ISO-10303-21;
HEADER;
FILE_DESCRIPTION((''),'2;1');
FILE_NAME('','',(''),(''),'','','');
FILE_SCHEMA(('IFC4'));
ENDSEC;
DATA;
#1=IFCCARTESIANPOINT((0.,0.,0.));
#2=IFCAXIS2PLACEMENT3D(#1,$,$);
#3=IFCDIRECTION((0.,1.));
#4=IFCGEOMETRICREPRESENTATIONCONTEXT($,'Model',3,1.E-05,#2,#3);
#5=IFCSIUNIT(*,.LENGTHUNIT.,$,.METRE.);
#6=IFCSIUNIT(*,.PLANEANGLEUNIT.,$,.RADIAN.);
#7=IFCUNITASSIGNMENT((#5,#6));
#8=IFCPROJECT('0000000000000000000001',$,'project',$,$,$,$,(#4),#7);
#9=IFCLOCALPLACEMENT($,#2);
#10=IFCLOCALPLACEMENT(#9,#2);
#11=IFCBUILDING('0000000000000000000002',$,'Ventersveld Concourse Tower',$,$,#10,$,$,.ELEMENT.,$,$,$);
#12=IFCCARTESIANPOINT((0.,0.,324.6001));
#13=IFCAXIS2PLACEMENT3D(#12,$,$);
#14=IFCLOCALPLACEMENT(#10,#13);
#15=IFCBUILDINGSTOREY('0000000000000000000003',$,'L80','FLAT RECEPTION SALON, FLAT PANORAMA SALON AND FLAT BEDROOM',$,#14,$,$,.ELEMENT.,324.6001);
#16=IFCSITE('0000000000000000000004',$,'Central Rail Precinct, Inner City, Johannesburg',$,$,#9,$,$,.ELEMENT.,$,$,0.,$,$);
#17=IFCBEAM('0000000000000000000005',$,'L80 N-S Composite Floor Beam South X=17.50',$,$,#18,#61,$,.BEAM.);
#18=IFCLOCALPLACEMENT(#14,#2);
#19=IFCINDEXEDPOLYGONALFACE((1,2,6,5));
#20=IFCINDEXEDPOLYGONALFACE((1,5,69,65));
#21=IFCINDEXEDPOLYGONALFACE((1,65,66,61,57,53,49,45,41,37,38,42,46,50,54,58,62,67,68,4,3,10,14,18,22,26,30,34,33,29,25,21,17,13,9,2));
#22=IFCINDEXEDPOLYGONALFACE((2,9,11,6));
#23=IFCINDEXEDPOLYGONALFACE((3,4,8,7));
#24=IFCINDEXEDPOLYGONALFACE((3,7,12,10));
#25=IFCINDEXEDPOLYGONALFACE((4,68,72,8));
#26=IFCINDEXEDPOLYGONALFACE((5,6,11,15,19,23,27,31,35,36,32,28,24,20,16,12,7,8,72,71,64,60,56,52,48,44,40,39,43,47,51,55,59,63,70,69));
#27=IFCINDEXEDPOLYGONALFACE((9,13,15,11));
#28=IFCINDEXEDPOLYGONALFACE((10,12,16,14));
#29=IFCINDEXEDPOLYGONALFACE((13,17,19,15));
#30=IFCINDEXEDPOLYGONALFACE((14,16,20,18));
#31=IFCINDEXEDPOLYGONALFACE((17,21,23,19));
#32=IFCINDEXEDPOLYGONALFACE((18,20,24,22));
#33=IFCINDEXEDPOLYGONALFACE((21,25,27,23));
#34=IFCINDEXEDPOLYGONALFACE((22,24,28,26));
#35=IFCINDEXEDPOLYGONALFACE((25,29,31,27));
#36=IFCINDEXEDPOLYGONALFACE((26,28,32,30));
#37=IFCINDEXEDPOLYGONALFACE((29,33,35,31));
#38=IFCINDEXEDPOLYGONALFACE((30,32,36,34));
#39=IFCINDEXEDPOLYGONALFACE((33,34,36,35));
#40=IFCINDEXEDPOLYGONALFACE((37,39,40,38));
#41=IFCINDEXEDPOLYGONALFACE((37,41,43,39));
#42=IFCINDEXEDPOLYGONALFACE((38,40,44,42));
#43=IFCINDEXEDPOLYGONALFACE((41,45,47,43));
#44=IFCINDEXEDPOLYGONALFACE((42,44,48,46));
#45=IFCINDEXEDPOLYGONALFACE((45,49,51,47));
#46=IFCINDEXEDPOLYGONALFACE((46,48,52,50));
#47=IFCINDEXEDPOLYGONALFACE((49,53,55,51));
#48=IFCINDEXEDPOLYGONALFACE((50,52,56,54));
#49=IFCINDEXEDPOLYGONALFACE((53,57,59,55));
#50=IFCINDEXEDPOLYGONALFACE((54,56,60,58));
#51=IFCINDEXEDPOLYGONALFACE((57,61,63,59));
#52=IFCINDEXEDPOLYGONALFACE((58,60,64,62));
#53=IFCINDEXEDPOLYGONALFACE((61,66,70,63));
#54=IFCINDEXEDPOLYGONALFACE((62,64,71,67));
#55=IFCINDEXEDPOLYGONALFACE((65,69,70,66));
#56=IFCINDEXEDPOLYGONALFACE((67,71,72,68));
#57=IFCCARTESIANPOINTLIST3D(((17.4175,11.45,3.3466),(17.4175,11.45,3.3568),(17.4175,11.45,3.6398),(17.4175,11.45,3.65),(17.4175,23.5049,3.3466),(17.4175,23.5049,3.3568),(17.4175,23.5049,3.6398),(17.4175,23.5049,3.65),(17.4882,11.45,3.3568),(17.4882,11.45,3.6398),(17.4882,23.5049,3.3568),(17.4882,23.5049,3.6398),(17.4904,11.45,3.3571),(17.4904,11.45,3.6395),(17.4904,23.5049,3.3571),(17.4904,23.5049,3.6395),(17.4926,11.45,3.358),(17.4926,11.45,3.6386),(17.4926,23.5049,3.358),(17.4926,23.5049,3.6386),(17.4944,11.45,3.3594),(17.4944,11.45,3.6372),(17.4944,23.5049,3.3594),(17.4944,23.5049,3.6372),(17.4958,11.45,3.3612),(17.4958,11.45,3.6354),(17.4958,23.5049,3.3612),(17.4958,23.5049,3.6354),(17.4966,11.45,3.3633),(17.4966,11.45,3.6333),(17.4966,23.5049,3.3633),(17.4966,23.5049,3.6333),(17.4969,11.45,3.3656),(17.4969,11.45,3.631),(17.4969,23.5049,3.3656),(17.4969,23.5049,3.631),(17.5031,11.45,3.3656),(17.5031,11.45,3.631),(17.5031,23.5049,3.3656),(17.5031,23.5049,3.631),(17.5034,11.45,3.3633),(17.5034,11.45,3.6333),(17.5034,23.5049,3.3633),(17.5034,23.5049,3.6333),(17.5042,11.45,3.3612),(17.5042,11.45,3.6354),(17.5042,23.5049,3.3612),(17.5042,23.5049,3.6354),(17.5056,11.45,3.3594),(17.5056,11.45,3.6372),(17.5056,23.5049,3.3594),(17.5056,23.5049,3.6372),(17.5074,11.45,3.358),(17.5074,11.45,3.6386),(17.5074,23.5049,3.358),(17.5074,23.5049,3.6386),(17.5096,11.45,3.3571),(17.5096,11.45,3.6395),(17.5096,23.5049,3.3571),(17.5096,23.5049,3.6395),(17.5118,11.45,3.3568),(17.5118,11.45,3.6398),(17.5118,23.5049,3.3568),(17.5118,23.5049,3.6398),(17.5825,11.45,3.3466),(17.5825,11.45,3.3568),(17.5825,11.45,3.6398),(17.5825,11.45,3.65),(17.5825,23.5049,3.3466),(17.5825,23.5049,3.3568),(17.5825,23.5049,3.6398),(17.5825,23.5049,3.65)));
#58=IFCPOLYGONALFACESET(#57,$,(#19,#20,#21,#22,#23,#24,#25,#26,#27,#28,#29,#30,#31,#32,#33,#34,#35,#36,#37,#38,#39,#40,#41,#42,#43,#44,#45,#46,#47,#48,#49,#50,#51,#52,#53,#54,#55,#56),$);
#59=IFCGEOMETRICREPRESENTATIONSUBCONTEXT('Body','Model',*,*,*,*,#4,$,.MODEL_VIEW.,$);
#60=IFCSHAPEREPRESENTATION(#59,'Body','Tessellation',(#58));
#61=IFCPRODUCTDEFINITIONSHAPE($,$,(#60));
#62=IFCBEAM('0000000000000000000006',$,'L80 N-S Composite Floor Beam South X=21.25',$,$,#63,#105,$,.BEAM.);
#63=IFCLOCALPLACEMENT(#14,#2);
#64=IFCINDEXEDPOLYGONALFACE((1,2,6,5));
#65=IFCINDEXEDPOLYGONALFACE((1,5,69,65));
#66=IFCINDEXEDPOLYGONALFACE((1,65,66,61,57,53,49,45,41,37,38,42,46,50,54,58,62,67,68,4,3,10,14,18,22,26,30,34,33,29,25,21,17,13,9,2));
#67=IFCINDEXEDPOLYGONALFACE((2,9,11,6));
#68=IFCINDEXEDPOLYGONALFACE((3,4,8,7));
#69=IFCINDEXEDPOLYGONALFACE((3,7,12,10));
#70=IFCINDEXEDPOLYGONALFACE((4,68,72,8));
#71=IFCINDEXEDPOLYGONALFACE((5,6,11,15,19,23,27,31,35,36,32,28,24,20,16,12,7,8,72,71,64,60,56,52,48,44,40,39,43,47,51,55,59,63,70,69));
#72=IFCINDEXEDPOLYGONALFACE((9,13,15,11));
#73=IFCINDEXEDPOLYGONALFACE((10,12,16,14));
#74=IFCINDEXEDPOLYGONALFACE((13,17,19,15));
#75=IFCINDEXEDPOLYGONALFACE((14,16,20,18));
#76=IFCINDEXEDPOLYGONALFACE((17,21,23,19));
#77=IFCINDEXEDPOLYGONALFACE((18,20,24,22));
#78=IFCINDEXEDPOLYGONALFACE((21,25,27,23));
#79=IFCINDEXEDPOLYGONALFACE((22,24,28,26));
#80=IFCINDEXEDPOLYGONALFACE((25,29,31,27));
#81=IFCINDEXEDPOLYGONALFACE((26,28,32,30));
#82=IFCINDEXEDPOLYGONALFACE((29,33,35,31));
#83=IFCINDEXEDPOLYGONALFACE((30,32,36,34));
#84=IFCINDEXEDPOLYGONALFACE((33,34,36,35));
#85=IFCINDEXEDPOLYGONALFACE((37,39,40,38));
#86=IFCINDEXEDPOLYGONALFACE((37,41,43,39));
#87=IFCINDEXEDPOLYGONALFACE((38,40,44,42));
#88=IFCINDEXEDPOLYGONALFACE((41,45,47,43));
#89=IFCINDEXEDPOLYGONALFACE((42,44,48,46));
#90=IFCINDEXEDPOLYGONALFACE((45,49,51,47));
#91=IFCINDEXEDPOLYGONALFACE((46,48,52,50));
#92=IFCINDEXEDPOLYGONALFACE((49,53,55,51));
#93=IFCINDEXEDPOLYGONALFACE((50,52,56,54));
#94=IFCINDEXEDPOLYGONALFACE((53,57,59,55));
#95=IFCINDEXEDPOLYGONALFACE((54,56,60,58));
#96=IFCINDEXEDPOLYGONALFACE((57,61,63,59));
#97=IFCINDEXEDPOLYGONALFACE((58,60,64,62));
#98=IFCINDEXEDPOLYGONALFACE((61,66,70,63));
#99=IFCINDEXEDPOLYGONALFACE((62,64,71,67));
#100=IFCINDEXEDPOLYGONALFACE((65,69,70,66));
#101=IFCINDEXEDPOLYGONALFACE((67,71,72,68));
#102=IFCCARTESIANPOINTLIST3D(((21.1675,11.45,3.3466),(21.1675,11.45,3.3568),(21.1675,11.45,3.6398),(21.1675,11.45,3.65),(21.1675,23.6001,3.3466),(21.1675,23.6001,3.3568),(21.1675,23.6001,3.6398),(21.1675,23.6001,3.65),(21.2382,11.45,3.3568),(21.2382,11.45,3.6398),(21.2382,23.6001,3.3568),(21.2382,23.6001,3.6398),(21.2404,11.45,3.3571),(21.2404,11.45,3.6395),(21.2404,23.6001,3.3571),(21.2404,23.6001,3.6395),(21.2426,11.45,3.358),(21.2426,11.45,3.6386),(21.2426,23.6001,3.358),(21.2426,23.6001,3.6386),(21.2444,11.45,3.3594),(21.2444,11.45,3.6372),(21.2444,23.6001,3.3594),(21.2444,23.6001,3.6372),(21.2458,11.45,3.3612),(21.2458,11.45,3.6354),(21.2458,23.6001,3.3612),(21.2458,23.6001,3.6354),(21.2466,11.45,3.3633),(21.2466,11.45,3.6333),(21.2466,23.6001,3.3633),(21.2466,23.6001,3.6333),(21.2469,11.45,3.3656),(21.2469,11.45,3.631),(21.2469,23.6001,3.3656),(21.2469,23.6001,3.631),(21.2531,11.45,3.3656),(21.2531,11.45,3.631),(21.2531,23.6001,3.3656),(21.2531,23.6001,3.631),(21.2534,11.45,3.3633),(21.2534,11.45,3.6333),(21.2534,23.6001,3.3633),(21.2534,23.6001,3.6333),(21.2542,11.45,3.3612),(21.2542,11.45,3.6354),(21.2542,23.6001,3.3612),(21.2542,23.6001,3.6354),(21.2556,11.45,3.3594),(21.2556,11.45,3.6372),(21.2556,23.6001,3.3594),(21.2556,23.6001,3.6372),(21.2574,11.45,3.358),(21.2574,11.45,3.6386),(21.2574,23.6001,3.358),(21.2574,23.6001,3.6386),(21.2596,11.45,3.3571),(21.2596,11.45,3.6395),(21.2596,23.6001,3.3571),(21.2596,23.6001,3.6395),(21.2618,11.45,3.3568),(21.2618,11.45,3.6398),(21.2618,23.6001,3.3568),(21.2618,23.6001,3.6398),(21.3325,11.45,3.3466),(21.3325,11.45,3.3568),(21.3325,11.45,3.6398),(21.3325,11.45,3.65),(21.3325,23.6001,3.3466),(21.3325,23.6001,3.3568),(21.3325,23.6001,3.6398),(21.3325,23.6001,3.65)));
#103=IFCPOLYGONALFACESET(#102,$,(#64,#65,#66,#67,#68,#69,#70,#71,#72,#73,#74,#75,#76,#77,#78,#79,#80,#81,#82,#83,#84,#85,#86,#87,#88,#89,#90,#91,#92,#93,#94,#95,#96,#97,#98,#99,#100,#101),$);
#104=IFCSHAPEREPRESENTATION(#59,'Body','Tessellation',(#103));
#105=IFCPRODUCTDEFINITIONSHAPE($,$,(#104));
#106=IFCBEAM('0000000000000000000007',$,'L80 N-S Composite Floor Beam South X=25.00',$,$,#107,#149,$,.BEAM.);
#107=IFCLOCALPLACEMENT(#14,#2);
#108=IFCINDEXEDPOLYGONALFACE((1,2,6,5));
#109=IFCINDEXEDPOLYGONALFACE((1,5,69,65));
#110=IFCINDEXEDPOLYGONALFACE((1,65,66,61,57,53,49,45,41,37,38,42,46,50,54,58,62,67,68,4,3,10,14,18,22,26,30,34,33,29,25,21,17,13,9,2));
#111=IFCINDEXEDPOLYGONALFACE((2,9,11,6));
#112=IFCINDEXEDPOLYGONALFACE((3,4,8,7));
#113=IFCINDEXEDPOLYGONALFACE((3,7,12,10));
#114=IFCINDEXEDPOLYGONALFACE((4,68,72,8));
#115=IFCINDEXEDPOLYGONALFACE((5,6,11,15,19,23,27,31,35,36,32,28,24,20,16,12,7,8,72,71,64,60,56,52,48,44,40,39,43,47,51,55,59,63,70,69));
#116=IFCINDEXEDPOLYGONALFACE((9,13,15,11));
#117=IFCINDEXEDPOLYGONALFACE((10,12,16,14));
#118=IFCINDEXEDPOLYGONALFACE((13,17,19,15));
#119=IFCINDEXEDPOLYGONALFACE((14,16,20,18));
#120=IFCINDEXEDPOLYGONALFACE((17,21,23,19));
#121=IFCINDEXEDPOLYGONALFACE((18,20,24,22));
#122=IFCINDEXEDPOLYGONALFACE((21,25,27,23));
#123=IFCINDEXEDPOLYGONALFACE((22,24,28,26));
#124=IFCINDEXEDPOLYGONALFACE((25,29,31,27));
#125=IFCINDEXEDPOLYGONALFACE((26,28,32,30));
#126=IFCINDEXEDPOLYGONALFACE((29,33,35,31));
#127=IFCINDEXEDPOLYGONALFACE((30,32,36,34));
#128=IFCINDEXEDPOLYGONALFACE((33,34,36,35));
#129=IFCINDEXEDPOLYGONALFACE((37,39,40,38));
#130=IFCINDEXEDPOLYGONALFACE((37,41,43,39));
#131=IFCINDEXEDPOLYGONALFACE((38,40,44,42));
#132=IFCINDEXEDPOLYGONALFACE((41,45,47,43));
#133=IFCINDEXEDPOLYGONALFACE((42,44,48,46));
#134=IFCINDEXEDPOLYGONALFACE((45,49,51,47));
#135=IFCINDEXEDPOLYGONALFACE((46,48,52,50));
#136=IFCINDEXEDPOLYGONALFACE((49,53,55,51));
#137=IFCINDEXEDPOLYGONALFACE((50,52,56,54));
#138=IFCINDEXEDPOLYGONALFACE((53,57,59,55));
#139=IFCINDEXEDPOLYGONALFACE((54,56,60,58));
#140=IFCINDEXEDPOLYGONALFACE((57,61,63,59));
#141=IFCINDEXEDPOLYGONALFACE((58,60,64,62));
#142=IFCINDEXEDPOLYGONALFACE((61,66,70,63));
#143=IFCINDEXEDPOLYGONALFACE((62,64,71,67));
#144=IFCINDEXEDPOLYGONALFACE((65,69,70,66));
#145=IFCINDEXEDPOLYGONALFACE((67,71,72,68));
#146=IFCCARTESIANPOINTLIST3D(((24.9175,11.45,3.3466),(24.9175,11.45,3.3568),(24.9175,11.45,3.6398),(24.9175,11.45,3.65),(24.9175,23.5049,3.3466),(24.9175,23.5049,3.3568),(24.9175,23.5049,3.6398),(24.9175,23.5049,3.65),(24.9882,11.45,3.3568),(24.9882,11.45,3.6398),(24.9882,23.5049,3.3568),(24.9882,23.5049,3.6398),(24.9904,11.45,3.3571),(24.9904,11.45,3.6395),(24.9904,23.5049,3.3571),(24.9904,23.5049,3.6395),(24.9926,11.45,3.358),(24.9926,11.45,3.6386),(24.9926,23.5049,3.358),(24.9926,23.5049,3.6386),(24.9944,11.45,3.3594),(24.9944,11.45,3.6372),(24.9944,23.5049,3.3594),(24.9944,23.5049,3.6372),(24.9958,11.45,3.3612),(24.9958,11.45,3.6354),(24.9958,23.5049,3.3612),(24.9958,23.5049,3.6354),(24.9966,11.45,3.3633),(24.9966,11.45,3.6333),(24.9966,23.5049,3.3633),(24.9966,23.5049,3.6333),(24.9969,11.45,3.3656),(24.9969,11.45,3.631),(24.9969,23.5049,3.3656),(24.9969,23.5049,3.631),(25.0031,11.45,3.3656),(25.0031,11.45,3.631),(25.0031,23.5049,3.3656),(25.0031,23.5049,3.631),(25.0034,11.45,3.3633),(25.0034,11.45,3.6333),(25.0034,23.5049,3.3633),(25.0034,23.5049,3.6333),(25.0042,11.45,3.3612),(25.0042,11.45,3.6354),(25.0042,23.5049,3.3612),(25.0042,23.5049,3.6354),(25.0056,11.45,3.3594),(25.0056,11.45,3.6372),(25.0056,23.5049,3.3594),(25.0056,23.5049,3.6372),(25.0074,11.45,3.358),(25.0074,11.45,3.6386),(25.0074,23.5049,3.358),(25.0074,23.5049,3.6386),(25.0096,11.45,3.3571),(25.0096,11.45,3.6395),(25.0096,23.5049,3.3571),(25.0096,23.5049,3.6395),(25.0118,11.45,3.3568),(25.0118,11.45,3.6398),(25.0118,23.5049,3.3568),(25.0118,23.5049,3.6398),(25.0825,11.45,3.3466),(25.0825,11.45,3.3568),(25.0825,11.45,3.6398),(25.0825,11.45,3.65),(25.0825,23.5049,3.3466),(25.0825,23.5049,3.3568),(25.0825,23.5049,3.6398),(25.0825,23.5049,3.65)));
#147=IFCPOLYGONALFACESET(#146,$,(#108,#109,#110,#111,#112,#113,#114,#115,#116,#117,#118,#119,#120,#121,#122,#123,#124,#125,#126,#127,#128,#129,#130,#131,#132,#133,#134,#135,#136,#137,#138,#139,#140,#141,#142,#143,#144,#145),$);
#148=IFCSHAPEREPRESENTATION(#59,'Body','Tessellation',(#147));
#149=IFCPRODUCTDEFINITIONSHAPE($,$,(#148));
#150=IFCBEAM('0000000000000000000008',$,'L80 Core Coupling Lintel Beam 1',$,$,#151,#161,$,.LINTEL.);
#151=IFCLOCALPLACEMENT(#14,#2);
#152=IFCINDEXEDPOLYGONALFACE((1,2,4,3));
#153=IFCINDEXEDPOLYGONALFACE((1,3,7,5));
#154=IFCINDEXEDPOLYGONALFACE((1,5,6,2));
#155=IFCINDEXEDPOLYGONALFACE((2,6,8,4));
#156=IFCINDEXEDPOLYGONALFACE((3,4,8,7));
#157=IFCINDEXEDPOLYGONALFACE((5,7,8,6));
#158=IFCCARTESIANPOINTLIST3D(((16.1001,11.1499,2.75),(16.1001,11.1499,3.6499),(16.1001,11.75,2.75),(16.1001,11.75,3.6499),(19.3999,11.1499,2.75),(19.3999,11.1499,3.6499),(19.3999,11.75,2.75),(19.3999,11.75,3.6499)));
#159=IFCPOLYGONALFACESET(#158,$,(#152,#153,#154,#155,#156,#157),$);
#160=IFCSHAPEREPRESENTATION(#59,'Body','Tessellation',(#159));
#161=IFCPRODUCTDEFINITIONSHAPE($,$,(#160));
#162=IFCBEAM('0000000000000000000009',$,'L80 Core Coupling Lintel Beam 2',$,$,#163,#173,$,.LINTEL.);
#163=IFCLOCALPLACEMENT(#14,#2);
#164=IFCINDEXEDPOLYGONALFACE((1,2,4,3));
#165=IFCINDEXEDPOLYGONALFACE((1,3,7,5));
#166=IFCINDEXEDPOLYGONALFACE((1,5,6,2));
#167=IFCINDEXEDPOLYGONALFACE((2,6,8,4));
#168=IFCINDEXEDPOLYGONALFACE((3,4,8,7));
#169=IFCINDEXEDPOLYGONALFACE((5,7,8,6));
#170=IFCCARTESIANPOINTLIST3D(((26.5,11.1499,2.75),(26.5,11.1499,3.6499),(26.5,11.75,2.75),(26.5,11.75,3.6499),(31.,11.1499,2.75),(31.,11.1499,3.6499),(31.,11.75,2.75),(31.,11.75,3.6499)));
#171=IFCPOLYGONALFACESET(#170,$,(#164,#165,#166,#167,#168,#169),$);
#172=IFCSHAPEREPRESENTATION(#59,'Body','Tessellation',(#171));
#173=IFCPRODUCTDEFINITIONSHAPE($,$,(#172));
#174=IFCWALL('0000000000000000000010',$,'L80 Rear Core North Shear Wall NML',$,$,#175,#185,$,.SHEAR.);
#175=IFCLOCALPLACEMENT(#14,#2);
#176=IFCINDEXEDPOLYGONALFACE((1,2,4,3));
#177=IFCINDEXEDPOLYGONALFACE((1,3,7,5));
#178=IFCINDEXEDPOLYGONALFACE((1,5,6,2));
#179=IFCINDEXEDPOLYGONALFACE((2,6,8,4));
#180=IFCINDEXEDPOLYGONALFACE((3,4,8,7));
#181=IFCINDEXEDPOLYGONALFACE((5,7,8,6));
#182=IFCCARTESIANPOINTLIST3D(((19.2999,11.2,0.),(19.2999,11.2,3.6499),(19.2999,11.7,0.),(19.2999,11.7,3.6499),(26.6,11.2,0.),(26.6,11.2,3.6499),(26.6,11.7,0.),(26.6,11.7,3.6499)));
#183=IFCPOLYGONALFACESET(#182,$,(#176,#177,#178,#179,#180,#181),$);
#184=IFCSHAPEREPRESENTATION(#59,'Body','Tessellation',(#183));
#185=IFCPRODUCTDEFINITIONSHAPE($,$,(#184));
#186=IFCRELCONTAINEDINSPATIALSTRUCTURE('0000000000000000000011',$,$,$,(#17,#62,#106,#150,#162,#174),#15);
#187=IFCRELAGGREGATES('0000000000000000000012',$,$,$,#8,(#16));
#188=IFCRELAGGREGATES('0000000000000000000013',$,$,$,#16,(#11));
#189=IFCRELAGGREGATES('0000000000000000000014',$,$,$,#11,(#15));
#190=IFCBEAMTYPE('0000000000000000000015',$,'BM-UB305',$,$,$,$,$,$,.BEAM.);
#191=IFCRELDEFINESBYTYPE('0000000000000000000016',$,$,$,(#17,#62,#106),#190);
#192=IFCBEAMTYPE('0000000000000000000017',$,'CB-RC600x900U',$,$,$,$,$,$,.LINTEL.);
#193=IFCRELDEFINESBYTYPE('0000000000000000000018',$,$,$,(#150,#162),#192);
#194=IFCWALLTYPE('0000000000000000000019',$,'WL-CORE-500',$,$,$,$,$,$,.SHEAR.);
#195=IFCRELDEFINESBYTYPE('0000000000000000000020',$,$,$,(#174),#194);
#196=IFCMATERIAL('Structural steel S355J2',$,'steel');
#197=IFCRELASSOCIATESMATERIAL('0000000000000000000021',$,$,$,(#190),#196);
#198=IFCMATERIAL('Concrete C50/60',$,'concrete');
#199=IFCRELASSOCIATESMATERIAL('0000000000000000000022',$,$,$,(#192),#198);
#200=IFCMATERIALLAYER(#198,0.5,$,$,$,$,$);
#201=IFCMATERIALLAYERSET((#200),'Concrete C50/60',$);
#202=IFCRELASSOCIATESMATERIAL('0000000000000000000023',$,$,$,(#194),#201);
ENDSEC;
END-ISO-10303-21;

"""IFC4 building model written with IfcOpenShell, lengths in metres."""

from ifc_helpers import new_model, si_unit, direction, frame, frame_2d, origin, origin_2d, place, context, subcontext, project, spatial, rectangle, i_section, extrude, material, layer, layer_set, material_profile, profile_set, type_object, element, save


model = new_model("IFC4")

# Units and contexts
model_context = context("Model", 3, precision=1e-05, world=origin(), true_north=direction((0.0, 1.0)))
body_context = subcontext(model_context, "Body", "Model", "MODEL_VIEW")
ifc_project = project(units=[si_unit("LENGTHUNIT", "METRE"), si_unit("PLANEANGLEUNIT", "RADIAN")], contexts=[model_context])

# Site, building, storey
site_placement = place(None, origin())
site = spatial("IfcSite", under=ifc_project, at=site_placement, Name="Central Rail Precinct, Inner City, Johannesburg", CompositionType="ELEMENT", RefElevation=0.0)
building_placement = place(site_placement, origin())
building = spatial("IfcBuilding", under=site, at=building_placement, Name="Ventersveld Concourse Tower", CompositionType="ELEMENT")
storey_placement = place(building_placement, frame((0.0, 0.0, 324.6001)))
storey = spatial("IfcBuildingStorey", under=building, at=storey_placement, Name="L80", Description="FLAT RECEPTION SALON, FLAT PANORAMA SALON AND FLAT BEDROOM", CompositionType="ELEMENT", Elevation=324.6001)

# Beams
ifc_material_1 = material(Name="Structural steel S355J2", Category="steel")
ifc_material_profile_1 = material_profile(ifc_material_1, i_section(OverallWidth=0.165, OverallDepth=0.3035, WebThickness=0.0061, FlangeThickness=0.0103, FilletRadius=0.0088, at=origin_2d()), Name="UB 305x165x40")
ifc_profile_set_1 = profile_set([ifc_material_profile_1], Name="Structural steel S355J2")
beam_type_1 = type_object("IfcBeamType", Name="BM-UB305", PredefinedType="BEAM", material=ifc_profile_set_1)
beam_1_placement = place(storey_placement, frame((17.5, 11.45, 3.4983), z_axis=(0.0, 1.0, 0.0), x_axis=(-1.0, 0.0, 0.0)))
element("IfcBeam", 1, at=beam_1_placement, inside=storey, type_object=beam_type_1, Name="L80 N-S Composite Floor Beam South X=17.50", PredefinedType="BEAM", context=body_context, shape_type="SweptSolid", body=[
    extrude(i_section(OverallWidth=0.165, OverallDepth=0.3035, WebThickness=0.0061, FlangeThickness=0.0103, FilletRadius=0.0088, at=origin_2d()), origin(), (0.0, 0.0, 1.0), 12.0549),
])
beam_2_placement = place(storey_placement, frame((21.25, 11.45, 3.4983), z_axis=(0.0, 1.0, 0.0), x_axis=(-1.0, 0.0, 0.0)))
element("IfcBeam", 2, at=beam_2_placement, inside=storey, type_object=beam_type_1, Name="L80 N-S Composite Floor Beam South X=21.25", PredefinedType="BEAM", context=body_context, shape_type="SweptSolid", body=[
    extrude(i_section(OverallWidth=0.165, OverallDepth=0.3035, WebThickness=0.0061, FlangeThickness=0.0103, FilletRadius=0.0088, at=origin_2d()), origin(), (0.0, 0.0, 1.0), 12.1501),
])
beam_3_placement = place(storey_placement, frame((25.0, 11.45, 3.4983), z_axis=(0.0, 1.0, 0.0), x_axis=(-1.0, 0.0, 0.0)))
element("IfcBeam", 3, at=beam_3_placement, inside=storey, type_object=beam_type_1, Name="L80 N-S Composite Floor Beam South X=25.00", PredefinedType="BEAM", context=body_context, shape_type="SweptSolid", body=[
    extrude(i_section(OverallWidth=0.165, OverallDepth=0.3035, WebThickness=0.0061, FlangeThickness=0.0103, FilletRadius=0.0088, at=origin_2d()), origin(), (0.0, 0.0, 1.0), 12.0549),
])
ifc_material_2 = material(Name="Concrete C50/60", Category="concrete")
ifc_material_profile_2 = material_profile(ifc_material_2, rectangle(XDim=0.6001, YDim=0.8999, at=origin_2d()), Name="RC 600x900")
ifc_profile_set_2 = profile_set([ifc_material_profile_2], Name="Concrete C50/60")
beam_type_2 = type_object("IfcBeamType", Name="CB-RC600x900U", PredefinedType="LINTEL", material=ifc_profile_set_2)
beam_4_placement = place(storey_placement, frame((16.1001, 11.45, 3.2), z_axis=(1.0, 0.0, 0.0), x_axis=(0.0, 1.0, 0.0)))
element("IfcBeam", 4, at=beam_4_placement, inside=storey, type_object=beam_type_2, Name="L80 Core Coupling Lintel Beam 1", PredefinedType="LINTEL", context=body_context, shape_type="SweptSolid", body=[
    extrude(rectangle(XDim=0.6001, YDim=0.8999, at=origin_2d()), origin(), (0.0, 0.0, 1.0), 3.2998),
])
beam_5_placement = place(storey_placement, frame((26.5, 11.45, 3.2), z_axis=(1.0, 0.0, 0.0), x_axis=(0.0, 1.0, 0.0)))
element("IfcBeam", 5, at=beam_5_placement, inside=storey, type_object=beam_type_2, Name="L80 Core Coupling Lintel Beam 2", PredefinedType="LINTEL", context=body_context, shape_type="SweptSolid", body=[
    extrude(rectangle(XDim=0.6001, YDim=0.8999, at=origin_2d()), origin(), (0.0, 0.0, 1.0), 4.5),
])

# Wall
ifc_layer_1 = layer(ifc_material_2, 0.5)
ifc_layer_set_1 = layer_set([ifc_layer_1], Name="Concrete C50/60")
wall_type_1 = type_object("IfcWallType", Name="WL-CORE-500", PredefinedType="SHEAR", material=ifc_layer_set_1)
wall_1_placement = place(storey_placement, frame((19.3, 11.45, 0.0), z_axis=(0.0, 0.0, 1.0), x_axis=(1.0, 0.0, 0.0)))
element("IfcWall", 6, at=wall_1_placement, inside=storey, type_object=wall_type_1, Name="L80 Rear Core North Shear Wall NML", PredefinedType="SHEAR", context=body_context, shape_type="SweptSolid", body=[
    extrude(rectangle(XDim=7.3, YDim=0.5, at=frame_2d((3.6499, 0.0))), origin(), (0.0, 0.0, 1.0), 3.6499),
])

save(model, "model.ifc")
